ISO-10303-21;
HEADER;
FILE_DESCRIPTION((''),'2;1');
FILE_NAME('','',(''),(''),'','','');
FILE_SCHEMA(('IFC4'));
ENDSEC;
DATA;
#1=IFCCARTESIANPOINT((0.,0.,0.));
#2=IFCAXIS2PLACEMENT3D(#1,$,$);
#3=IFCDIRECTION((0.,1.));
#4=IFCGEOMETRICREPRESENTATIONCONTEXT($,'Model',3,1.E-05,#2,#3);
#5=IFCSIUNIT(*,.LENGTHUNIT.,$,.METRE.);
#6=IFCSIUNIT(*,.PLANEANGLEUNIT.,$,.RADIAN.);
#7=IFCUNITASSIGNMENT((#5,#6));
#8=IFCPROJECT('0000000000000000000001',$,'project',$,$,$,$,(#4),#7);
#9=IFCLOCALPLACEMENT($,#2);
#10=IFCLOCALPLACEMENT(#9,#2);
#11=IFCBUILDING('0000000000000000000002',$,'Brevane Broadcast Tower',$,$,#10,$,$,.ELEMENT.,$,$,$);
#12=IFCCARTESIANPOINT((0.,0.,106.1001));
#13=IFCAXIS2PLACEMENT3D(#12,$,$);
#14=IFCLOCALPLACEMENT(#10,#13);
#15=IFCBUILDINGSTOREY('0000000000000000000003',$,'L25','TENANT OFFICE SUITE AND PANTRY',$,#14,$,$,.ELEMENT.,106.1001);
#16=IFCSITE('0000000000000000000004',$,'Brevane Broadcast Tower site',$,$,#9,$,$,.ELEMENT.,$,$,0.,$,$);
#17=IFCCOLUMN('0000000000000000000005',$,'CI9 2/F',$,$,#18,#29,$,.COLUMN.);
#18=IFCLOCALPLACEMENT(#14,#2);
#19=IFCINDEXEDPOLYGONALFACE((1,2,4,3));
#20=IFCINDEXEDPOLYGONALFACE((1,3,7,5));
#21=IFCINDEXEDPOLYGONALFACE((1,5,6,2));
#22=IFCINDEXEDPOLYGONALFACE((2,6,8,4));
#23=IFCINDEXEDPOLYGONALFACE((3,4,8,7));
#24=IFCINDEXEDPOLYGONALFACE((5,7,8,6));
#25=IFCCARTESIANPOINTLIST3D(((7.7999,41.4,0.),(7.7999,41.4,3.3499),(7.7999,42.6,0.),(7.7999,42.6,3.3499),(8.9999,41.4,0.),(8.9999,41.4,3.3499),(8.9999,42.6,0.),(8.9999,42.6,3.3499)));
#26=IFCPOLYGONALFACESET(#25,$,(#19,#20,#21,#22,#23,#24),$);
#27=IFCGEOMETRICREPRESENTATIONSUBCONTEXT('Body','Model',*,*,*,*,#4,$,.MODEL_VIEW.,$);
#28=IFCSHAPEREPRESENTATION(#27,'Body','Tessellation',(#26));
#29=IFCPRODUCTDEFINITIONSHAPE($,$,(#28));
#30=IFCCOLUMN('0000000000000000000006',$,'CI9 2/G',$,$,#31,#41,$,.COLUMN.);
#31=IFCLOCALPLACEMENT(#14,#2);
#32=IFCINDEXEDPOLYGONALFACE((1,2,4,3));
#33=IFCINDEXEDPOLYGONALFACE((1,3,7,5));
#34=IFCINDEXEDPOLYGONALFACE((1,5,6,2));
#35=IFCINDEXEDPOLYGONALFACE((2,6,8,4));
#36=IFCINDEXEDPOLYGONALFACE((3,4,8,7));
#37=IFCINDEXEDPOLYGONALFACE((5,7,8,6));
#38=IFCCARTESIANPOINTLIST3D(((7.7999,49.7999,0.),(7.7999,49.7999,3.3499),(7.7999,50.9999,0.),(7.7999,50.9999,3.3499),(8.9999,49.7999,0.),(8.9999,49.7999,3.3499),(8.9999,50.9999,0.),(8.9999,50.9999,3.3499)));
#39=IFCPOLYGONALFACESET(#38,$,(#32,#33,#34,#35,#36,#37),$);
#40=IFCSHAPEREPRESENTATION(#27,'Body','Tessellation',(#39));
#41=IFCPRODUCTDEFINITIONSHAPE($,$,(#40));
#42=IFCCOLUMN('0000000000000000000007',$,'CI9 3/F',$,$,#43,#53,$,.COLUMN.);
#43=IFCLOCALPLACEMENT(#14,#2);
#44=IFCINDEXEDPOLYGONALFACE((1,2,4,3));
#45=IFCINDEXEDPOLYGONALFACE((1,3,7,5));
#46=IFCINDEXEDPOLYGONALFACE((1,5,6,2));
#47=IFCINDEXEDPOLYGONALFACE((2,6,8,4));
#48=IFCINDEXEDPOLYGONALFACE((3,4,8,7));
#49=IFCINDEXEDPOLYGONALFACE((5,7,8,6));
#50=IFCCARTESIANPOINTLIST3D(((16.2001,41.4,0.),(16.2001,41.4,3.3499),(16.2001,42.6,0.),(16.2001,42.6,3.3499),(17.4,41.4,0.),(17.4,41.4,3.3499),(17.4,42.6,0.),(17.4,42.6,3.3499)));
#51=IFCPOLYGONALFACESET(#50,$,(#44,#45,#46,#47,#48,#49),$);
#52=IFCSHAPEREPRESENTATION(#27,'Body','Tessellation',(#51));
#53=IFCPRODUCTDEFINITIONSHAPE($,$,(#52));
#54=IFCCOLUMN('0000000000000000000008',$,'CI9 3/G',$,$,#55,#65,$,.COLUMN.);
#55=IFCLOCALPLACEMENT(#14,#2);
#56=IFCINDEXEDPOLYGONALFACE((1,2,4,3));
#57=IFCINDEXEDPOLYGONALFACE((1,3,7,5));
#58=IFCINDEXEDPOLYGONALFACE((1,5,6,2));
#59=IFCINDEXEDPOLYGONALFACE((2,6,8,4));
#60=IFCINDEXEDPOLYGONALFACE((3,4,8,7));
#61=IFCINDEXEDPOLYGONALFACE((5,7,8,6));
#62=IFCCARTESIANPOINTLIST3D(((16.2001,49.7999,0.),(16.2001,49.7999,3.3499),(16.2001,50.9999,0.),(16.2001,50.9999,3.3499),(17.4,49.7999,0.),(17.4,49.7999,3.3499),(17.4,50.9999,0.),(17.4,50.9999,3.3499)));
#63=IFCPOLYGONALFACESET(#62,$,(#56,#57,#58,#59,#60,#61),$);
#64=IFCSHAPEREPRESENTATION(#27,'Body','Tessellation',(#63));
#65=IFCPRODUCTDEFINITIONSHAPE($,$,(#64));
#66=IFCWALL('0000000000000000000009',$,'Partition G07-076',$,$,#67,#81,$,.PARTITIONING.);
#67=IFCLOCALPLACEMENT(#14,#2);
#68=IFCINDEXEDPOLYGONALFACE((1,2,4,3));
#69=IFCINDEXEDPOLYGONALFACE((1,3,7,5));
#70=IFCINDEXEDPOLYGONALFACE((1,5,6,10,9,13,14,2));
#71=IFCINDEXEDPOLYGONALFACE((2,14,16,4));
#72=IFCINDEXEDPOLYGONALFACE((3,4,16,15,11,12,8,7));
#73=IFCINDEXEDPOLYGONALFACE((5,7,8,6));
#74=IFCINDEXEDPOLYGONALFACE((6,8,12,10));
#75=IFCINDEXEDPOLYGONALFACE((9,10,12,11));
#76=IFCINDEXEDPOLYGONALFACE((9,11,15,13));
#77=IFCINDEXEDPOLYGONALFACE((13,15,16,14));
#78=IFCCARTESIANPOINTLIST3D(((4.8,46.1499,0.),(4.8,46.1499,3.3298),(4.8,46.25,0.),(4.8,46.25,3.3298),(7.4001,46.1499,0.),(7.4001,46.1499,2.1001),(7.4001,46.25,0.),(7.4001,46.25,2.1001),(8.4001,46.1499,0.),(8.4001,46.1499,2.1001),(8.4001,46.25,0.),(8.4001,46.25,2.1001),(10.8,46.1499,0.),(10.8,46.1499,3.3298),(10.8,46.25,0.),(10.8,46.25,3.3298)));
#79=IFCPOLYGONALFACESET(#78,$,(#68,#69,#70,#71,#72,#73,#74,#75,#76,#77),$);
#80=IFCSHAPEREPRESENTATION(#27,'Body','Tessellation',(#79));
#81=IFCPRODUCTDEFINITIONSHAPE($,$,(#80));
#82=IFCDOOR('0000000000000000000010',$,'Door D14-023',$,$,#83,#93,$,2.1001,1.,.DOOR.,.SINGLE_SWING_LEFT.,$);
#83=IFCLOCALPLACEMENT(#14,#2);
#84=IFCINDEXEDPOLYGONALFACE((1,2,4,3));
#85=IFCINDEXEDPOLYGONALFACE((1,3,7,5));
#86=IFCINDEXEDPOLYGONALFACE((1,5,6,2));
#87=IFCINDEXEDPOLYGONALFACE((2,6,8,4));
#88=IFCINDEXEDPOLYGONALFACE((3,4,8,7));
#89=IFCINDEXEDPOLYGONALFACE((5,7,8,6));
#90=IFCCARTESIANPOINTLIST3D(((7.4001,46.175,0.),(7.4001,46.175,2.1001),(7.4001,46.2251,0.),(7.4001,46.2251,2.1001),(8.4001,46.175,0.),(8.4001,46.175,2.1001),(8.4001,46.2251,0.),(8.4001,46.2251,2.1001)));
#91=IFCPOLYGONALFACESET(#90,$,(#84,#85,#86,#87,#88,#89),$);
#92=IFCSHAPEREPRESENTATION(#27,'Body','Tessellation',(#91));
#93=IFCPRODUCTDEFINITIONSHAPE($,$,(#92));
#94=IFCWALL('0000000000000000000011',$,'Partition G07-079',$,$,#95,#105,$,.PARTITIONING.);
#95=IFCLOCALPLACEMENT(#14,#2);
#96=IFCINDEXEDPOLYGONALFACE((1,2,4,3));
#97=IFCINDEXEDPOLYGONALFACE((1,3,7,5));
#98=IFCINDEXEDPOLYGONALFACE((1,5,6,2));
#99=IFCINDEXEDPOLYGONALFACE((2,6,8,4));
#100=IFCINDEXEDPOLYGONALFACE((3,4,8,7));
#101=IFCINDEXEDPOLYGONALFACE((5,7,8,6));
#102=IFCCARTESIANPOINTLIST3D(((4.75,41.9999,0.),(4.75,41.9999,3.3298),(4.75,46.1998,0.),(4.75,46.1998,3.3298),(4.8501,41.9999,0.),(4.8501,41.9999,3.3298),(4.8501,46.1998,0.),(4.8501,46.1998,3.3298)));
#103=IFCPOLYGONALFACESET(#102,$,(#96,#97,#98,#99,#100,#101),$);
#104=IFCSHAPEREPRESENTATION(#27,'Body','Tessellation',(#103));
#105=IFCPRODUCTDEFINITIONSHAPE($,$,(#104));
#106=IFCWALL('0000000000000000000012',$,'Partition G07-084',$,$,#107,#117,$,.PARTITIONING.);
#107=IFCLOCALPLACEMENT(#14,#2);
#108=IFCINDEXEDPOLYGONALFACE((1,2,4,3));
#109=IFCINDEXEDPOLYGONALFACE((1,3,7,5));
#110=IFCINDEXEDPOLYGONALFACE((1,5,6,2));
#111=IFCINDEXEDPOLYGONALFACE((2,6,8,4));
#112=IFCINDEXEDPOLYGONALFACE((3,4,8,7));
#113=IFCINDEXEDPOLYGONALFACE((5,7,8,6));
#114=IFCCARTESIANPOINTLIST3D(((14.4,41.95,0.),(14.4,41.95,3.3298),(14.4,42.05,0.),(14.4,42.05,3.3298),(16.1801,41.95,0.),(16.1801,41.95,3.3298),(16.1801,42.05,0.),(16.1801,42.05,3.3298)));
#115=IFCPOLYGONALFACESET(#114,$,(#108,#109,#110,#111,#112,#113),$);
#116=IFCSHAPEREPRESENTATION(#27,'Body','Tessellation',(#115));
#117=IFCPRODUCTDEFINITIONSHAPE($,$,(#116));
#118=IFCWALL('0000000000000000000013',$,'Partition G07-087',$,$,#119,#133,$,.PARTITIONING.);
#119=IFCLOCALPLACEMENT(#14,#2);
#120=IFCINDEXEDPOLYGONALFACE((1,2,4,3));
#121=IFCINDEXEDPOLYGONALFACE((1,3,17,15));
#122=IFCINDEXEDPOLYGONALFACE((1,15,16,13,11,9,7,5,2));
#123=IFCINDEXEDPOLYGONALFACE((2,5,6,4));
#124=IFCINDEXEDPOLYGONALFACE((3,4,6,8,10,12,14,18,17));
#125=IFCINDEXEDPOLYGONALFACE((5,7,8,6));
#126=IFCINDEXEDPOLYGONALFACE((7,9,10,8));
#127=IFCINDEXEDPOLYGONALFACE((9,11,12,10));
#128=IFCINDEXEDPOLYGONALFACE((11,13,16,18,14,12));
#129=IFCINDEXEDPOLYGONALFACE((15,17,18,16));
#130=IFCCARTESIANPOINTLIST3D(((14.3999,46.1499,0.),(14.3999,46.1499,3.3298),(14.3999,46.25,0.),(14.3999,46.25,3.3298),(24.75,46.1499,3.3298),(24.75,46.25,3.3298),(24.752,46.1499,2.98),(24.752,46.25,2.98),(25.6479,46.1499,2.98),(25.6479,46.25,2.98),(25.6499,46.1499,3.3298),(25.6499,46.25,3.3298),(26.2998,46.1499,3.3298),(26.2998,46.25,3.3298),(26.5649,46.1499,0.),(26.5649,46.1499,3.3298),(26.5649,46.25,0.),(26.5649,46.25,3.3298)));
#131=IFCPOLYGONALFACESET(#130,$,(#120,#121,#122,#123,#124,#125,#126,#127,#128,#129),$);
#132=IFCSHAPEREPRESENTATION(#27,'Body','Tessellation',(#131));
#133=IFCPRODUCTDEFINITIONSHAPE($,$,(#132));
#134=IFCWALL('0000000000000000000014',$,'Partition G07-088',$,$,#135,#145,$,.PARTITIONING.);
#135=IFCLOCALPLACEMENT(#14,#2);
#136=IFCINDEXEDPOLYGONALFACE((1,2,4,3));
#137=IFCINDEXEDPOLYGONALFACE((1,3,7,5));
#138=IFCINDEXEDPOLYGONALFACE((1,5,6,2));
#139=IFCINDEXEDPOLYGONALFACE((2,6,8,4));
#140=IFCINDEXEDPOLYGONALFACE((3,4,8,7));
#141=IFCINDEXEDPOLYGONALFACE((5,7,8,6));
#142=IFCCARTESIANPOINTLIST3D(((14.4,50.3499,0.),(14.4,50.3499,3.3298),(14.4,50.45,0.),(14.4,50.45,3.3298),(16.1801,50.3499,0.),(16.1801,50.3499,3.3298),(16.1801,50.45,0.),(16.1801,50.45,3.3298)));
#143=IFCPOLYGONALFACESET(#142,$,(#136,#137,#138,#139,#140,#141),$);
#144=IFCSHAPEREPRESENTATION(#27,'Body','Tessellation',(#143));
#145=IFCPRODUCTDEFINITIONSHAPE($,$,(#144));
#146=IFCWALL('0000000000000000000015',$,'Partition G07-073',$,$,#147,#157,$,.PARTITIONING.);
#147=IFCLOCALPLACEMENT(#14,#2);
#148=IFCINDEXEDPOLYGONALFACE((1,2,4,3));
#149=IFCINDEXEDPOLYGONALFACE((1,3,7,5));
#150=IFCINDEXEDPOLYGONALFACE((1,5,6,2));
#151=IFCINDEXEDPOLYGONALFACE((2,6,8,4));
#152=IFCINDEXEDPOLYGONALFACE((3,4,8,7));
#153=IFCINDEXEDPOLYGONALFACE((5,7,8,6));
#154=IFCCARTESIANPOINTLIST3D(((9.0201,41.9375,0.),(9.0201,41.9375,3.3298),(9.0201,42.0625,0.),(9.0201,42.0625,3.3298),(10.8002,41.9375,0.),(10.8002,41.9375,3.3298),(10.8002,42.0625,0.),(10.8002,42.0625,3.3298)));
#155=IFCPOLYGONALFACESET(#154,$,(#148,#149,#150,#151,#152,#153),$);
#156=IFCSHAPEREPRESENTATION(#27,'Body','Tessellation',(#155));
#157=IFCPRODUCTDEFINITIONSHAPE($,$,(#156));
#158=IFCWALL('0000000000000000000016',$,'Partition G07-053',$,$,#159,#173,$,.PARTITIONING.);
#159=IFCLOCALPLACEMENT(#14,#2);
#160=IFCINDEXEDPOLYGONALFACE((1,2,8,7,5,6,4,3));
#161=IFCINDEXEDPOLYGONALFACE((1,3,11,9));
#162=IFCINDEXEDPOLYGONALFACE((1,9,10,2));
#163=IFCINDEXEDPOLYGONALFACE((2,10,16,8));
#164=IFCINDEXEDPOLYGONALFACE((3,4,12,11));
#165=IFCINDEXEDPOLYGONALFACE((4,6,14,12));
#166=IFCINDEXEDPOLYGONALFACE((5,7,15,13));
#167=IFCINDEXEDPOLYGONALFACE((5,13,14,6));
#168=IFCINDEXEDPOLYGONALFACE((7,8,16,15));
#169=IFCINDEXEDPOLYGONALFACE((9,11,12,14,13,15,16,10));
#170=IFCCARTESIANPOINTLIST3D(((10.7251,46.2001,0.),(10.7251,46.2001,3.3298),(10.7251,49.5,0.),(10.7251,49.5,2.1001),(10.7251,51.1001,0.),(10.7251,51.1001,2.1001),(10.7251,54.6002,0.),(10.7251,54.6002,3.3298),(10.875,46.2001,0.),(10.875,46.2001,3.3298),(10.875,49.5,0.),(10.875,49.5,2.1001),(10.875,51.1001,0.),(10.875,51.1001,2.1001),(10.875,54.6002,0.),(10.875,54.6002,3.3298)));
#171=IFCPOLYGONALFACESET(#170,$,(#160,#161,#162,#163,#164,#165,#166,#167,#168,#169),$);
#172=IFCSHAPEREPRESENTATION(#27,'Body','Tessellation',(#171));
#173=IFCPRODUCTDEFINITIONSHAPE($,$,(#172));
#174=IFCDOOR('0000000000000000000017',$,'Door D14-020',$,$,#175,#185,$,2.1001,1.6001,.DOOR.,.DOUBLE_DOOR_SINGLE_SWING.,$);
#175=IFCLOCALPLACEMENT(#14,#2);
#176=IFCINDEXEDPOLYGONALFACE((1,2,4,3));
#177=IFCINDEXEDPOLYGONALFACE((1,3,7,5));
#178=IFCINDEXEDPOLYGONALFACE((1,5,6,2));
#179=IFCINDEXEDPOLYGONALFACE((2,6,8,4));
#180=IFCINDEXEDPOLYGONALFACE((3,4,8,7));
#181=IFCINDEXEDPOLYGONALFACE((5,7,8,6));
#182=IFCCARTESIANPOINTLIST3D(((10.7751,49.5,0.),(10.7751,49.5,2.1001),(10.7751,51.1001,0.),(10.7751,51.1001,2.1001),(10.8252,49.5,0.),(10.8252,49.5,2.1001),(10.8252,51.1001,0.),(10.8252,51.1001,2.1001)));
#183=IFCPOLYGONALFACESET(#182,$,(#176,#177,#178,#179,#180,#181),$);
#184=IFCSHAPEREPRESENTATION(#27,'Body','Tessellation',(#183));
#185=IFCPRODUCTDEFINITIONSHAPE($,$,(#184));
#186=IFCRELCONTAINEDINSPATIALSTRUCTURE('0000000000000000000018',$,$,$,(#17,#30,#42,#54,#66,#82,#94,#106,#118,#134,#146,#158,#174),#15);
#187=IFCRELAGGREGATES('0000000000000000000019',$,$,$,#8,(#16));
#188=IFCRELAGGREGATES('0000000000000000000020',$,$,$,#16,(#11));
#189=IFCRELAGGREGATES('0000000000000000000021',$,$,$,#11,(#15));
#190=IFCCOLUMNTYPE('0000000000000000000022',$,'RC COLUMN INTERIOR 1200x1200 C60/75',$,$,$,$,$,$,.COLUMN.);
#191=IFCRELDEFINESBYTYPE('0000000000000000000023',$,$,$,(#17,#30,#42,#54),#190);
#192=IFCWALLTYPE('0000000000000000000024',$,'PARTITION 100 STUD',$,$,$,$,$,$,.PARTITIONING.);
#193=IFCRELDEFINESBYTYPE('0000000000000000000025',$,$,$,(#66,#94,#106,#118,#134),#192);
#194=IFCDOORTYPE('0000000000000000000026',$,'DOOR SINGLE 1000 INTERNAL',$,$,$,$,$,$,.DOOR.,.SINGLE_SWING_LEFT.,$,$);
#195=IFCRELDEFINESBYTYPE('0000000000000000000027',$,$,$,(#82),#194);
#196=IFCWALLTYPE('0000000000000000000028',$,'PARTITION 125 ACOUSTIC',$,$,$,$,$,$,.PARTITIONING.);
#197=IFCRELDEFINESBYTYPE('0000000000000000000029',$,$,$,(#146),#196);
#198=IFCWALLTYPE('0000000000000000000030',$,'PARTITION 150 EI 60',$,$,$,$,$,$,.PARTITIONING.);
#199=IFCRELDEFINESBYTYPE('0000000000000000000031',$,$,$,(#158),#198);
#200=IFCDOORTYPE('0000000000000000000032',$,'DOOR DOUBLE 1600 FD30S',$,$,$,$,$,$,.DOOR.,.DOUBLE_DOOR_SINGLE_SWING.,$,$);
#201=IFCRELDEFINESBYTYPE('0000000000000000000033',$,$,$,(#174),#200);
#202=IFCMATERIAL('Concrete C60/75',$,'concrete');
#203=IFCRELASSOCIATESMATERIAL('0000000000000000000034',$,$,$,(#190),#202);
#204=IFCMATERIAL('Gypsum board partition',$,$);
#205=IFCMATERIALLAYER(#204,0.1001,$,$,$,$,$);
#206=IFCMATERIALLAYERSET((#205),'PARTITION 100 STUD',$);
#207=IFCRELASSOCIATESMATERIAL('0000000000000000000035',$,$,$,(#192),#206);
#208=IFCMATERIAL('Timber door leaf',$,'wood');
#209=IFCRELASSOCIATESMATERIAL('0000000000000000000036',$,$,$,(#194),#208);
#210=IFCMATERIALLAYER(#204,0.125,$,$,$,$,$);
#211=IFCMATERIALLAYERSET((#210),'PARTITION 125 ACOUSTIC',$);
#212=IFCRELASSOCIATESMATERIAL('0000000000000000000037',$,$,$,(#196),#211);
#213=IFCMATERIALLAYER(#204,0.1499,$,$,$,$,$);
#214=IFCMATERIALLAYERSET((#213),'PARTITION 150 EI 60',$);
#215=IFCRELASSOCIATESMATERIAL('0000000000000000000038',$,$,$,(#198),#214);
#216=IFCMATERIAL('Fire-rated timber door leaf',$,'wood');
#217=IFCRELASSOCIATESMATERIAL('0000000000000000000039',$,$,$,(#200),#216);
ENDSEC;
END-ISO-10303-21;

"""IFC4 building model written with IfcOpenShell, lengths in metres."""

from ifc_helpers import new_model, si_unit, direction, frame, frame_2d, origin, origin_2d, place, context, subcontext, project, spatial, polyline, rectangle, outline, extrude, material, layer, layer_set, material_profile, profile_set, type_object, element, fill, save


model = new_model("IFC4")

# Units and contexts
model_context = context("Model", 3, precision=1e-05, world=origin(), true_north=direction((0.0, 1.0)))
body_context = subcontext(model_context, "Body", "Model", "MODEL_VIEW")
ifc_project = project(units=[si_unit("LENGTHUNIT", "METRE"), si_unit("PLANEANGLEUNIT", "RADIAN")], contexts=[model_context])

# Site, building, storey
site_placement = place(None, origin())
site = spatial("IfcSite", under=ifc_project, at=site_placement, Name="Brevane Broadcast Tower site", CompositionType="ELEMENT", RefElevation=0.0)
building_placement = place(site_placement, origin())
building = spatial("IfcBuilding", under=site, at=building_placement, Name="Brevane Broadcast Tower", CompositionType="ELEMENT")
storey_placement = place(building_placement, frame((0.0, 0.0, 106.1001)))
storey = spatial("IfcBuildingStorey", under=building, at=storey_placement, Name="L25", Description="TENANT OFFICE SUITE AND PANTRY", CompositionType="ELEMENT", Elevation=106.1001)

# Columns
ifc_material_1 = material(Name="Concrete C60/75", Category="concrete")
ifc_material_profile = material_profile(ifc_material_1, rectangle(XDim=1.2, YDim=1.2, at=origin_2d()), Name="RC 1200x1200")
ifc_profile_set = profile_set([ifc_material_profile], Name="Concrete C60/75")
column_type = type_object("IfcColumnType", Name="RC COLUMN INTERIOR 1200x1200 C60/75", PredefinedType="COLUMN", material=ifc_profile_set)
for number, where, z_axis, x_axis, name in (
    (1, (8.3999, 42.0, 0.0), (0.0, 0.0, 1.0), (1.0, 0.0, 0.0), "CI9 2/F"),
    (2, (8.3999, 50.3999, 0.0), (0.0, 0.0, 1.0), (1.0, 0.0, 0.0), "CI9 2/G"),
    (3, (16.8, 42.0, 0.0), (0.0, 0.0, 1.0), (1.0, 0.0, 0.0), "CI9 3/F"),
    (4, (16.8, 50.3999, 0.0), (0.0, 0.0, 1.0), (1.0, 0.0, 0.0), "CI9 3/G"),
):
    element("IfcColumn", number, at=place(storey_placement, frame(where, z_axis=z_axis, x_axis=x_axis)), inside=storey, type_object=column_type, Name=name, PredefinedType="COLUMN", context=body_context, shape_type="SweptSolid", body=[
        extrude(rectangle(XDim=1.2, YDim=1.2, at=origin_2d()), origin(), (0.0, 0.0, 1.0), 3.3499),
    ])

# Wall, opening, door
ifc_material_2 = material(Name="Gypsum board partition")
ifc_layer_1 = layer(ifc_material_2, 0.1001)
ifc_layer_set_1 = layer_set([ifc_layer_1], Name="PARTITION 100 STUD")
wall_type_1 = type_object("IfcWallType", Name="PARTITION 100 STUD", PredefinedType="PARTITIONING", material=ifc_layer_set_1)
wall_1_placement = place(storey_placement, frame((10.8, 46.2, 0.0), z_axis=(0.0, 0.0, 1.0), x_axis=(-1.0, 0.0, 0.0)))
wall_1 = element("IfcWall", 5, at=wall_1_placement, inside=storey, type_object=wall_type_1, Name="Partition G07-076", PredefinedType="PARTITIONING", context=body_context, shape_type="SweptSolid", body=[
    extrude(rectangle(XDim=6.0, YDim=0.1001, at=frame_2d((3.0, 0.0))), origin(), (0.0, 0.0, 1.0), 3.3298),
])
opening_1_placement = place(wall_1_placement, frame((2.3999, 0.0, 0.0)))
opening_1 = element("IfcOpeningElement", 6, at=opening_1_placement, cuts=wall_1, PredefinedType="OPENING", context=body_context, shape_type="SweptSolid", body=[
    extrude(rectangle(XDim=1.0, YDim=2.1001, at=frame_2d((0.5, 1.05))), frame((0.0, 0.0601, 0.0), z_axis=(0.0, -1.0, 0.0), x_axis=(1.0, 0.0, 0.0)), (0.0, 0.0, 1.0), 0.1201),
])
ifc_material_3 = material(Name="Timber door leaf", Category="wood")
door_type_1 = type_object("IfcDoorType", Name="DOOR SINGLE 1000 INTERNAL", OperationType="SINGLE_SWING_LEFT", PredefinedType="DOOR", material=ifc_material_3)
door_1_placement = place(opening_1_placement, origin())
door_1 = element("IfcDoor", 7, at=door_1_placement, inside=storey, type_object=door_type_1, Name="Door D14-023", OperationType="SINGLE_SWING_LEFT", OverallHeight=2.1001, OverallWidth=1.0, PredefinedType="DOOR", context=body_context, shape_type="SweptSolid", body=[
    extrude(rectangle(XDim=1.0, YDim=2.1001, at=frame_2d((0.5, 1.05))), frame((0.0, 0.0249, 0.0), z_axis=(0.0, -1.0, 0.0), x_axis=(1.0, 0.0, 0.0)), (0.0, 0.0, 1.0), 0.05),
])
fill(opening_1, door_1)

# Walls
wall_2_placement = place(storey_placement, frame((4.8, 46.2, 0.0), z_axis=(0.0, 0.0, 1.0), x_axis=(0.0, -1.0, 0.0)))
element("IfcWall", 8, at=wall_2_placement, inside=storey, type_object=wall_type_1, Name="Partition G07-079", PredefinedType="PARTITIONING", context=body_context, shape_type="SweptSolid", body=[
    extrude(rectangle(XDim=4.2, YDim=0.1001, at=frame_2d((2.1001, 0.0))), origin(), (0.0, 0.0, 1.0), 3.3298),
])
wall_3_placement = place(storey_placement, frame((14.3999, 42.0, 0.0), z_axis=(0.0, 0.0, 1.0), x_axis=(1.0, 0.0, 0.0)))
element("IfcWall", 9, at=wall_3_placement, inside=storey, type_object=wall_type_1, Name="Partition G07-084", PredefinedType="PARTITIONING", context=body_context, shape_type="SweptSolid", body=[
    extrude(rectangle(XDim=1.78, YDim=0.1001, at=frame_2d((0.8901, 0.0))), origin(), (0.0, 0.0, 1.0), 3.3298),
])
wall_4_placement = place(storey_placement, frame((14.3999, 46.2, 0.0), z_axis=(0.0, 0.0, 1.0), x_axis=(1.0, 0.0, 0.0)))
element("IfcWall", 10, at=wall_4_placement, inside=storey, type_object=wall_type_1, Name="Partition G07-087", PredefinedType="PARTITIONING", context=body_context, shape_type="SweptSolid", body=[
    extrude(outline(polyline([(0.0, 0.0), (12.165, 0.0), (12.165, 3.3298), (11.8999, 3.3298), (11.25, 3.3298), (11.248, 2.98), (10.3521, 2.98), (10.3501, 3.3298), (0.0, 3.3298), (0.0, 0.0)])), frame((0.0, 0.05, 0.0), z_axis=(0.0, -1.0, 0.0), x_axis=(1.0, 0.0, 0.0)), (0.0, 0.0, 1.0), 0.1001),
])
wall_5_placement = place(storey_placement, frame((14.3999, 50.3999, 0.0), z_axis=(0.0, 0.0, 1.0), x_axis=(1.0, 0.0, 0.0)))
element("IfcWall", 11, at=wall_5_placement, inside=storey, type_object=wall_type_1, Name="Partition G07-088", PredefinedType="PARTITIONING", context=body_context, shape_type="SweptSolid", body=[
    extrude(rectangle(XDim=1.78, YDim=0.1001, at=frame_2d((0.8901, 0.0))), origin(), (0.0, 0.0, 1.0), 3.3298),
])
ifc_layer_2 = layer(ifc_material_2, 0.125)
ifc_layer_set_2 = layer_set([ifc_layer_2], Name="PARTITION 125 ACOUSTIC")
wall_type_2 = type_object("IfcWallType", Name="PARTITION 125 ACOUSTIC", PredefinedType="PARTITIONING", material=ifc_layer_set_2)
wall_6_placement = place(storey_placement, frame((9.02, 42.0, 0.0), z_axis=(0.0, 0.0, 1.0), x_axis=(1.0, 0.0, 0.0)))
element("IfcWall", 12, at=wall_6_placement, inside=storey, type_object=wall_type_2, Name="Partition G07-073", PredefinedType="PARTITIONING", context=body_context, shape_type="SweptSolid", body=[
    extrude(rectangle(XDim=1.78, YDim=0.125, at=frame_2d((0.8901, 0.0))), origin(), (0.0, 0.0, 1.0), 3.3298),
])

# Wall, opening, door
ifc_layer_3 = layer(ifc_material_2, 0.1499)
ifc_layer_set_3 = layer_set([ifc_layer_3], Name="PARTITION 150 EI 60")
wall_type_3 = type_object("IfcWallType", Name="PARTITION 150 EI 60", PredefinedType="PARTITIONING", material=ifc_layer_set_3)
wall_7_placement = place(storey_placement, frame((10.8, 46.2, 0.0), z_axis=(0.0, 0.0, 1.0), x_axis=(0.0, 1.0, 0.0)))
wall_7 = element("IfcWall", 13, at=wall_7_placement, inside=storey, type_object=wall_type_3, Name="Partition G07-053", PredefinedType="PARTITIONING", context=body_context, shape_type="SweptSolid", body=[
    extrude(rectangle(XDim=8.4001, YDim=0.1499, at=frame_2d((4.2002, 0.0))), origin(), (0.0, 0.0, 1.0), 3.3298),
])
opening_2_placement = place(wall_7_placement, frame((3.3, 0.0, 0.0)))
opening_2 = element("IfcOpeningElement", 14, at=opening_2_placement, cuts=wall_7, PredefinedType="OPENING", context=body_context, shape_type="SweptSolid", body=[
    extrude(rectangle(XDim=1.6001, YDim=2.1001, at=frame_2d((0.8, 1.05))), frame((0.0, 0.085, 0.0), z_axis=(0.0, -1.0, 0.0), x_axis=(1.0, 0.0, 0.0)), (0.0, 0.0, 1.0), 0.1699),
])
ifc_material_4 = material(Name="Fire-rated timber door leaf", Category="wood")
door_type_2 = type_object("IfcDoorType", Name="DOOR DOUBLE 1600 FD30S", OperationType="DOUBLE_DOOR_SINGLE_SWING", PredefinedType="DOOR", material=ifc_material_4)
door_2_placement = place(opening_2_placement, origin())
door_2 = element("IfcDoor", 15, at=door_2_placement, inside=storey, type_object=door_type_2, Name="Door D14-020", OperationType="DOUBLE_DOOR_SINGLE_SWING", OverallHeight=2.1001, OverallWidth=1.6001, PredefinedType="DOOR", context=body_context, shape_type="SweptSolid", body=[
    extrude(rectangle(XDim=1.6001, YDim=2.1001, at=frame_2d((0.8, 1.05))), frame((0.0, 0.0249, 0.0), z_axis=(0.0, -1.0, 0.0), x_axis=(1.0, 0.0, 0.0)), (0.0, 0.0, 1.0), 0.05),
])
fill(opening_2, door_2)

save(model, "model.ifc")
